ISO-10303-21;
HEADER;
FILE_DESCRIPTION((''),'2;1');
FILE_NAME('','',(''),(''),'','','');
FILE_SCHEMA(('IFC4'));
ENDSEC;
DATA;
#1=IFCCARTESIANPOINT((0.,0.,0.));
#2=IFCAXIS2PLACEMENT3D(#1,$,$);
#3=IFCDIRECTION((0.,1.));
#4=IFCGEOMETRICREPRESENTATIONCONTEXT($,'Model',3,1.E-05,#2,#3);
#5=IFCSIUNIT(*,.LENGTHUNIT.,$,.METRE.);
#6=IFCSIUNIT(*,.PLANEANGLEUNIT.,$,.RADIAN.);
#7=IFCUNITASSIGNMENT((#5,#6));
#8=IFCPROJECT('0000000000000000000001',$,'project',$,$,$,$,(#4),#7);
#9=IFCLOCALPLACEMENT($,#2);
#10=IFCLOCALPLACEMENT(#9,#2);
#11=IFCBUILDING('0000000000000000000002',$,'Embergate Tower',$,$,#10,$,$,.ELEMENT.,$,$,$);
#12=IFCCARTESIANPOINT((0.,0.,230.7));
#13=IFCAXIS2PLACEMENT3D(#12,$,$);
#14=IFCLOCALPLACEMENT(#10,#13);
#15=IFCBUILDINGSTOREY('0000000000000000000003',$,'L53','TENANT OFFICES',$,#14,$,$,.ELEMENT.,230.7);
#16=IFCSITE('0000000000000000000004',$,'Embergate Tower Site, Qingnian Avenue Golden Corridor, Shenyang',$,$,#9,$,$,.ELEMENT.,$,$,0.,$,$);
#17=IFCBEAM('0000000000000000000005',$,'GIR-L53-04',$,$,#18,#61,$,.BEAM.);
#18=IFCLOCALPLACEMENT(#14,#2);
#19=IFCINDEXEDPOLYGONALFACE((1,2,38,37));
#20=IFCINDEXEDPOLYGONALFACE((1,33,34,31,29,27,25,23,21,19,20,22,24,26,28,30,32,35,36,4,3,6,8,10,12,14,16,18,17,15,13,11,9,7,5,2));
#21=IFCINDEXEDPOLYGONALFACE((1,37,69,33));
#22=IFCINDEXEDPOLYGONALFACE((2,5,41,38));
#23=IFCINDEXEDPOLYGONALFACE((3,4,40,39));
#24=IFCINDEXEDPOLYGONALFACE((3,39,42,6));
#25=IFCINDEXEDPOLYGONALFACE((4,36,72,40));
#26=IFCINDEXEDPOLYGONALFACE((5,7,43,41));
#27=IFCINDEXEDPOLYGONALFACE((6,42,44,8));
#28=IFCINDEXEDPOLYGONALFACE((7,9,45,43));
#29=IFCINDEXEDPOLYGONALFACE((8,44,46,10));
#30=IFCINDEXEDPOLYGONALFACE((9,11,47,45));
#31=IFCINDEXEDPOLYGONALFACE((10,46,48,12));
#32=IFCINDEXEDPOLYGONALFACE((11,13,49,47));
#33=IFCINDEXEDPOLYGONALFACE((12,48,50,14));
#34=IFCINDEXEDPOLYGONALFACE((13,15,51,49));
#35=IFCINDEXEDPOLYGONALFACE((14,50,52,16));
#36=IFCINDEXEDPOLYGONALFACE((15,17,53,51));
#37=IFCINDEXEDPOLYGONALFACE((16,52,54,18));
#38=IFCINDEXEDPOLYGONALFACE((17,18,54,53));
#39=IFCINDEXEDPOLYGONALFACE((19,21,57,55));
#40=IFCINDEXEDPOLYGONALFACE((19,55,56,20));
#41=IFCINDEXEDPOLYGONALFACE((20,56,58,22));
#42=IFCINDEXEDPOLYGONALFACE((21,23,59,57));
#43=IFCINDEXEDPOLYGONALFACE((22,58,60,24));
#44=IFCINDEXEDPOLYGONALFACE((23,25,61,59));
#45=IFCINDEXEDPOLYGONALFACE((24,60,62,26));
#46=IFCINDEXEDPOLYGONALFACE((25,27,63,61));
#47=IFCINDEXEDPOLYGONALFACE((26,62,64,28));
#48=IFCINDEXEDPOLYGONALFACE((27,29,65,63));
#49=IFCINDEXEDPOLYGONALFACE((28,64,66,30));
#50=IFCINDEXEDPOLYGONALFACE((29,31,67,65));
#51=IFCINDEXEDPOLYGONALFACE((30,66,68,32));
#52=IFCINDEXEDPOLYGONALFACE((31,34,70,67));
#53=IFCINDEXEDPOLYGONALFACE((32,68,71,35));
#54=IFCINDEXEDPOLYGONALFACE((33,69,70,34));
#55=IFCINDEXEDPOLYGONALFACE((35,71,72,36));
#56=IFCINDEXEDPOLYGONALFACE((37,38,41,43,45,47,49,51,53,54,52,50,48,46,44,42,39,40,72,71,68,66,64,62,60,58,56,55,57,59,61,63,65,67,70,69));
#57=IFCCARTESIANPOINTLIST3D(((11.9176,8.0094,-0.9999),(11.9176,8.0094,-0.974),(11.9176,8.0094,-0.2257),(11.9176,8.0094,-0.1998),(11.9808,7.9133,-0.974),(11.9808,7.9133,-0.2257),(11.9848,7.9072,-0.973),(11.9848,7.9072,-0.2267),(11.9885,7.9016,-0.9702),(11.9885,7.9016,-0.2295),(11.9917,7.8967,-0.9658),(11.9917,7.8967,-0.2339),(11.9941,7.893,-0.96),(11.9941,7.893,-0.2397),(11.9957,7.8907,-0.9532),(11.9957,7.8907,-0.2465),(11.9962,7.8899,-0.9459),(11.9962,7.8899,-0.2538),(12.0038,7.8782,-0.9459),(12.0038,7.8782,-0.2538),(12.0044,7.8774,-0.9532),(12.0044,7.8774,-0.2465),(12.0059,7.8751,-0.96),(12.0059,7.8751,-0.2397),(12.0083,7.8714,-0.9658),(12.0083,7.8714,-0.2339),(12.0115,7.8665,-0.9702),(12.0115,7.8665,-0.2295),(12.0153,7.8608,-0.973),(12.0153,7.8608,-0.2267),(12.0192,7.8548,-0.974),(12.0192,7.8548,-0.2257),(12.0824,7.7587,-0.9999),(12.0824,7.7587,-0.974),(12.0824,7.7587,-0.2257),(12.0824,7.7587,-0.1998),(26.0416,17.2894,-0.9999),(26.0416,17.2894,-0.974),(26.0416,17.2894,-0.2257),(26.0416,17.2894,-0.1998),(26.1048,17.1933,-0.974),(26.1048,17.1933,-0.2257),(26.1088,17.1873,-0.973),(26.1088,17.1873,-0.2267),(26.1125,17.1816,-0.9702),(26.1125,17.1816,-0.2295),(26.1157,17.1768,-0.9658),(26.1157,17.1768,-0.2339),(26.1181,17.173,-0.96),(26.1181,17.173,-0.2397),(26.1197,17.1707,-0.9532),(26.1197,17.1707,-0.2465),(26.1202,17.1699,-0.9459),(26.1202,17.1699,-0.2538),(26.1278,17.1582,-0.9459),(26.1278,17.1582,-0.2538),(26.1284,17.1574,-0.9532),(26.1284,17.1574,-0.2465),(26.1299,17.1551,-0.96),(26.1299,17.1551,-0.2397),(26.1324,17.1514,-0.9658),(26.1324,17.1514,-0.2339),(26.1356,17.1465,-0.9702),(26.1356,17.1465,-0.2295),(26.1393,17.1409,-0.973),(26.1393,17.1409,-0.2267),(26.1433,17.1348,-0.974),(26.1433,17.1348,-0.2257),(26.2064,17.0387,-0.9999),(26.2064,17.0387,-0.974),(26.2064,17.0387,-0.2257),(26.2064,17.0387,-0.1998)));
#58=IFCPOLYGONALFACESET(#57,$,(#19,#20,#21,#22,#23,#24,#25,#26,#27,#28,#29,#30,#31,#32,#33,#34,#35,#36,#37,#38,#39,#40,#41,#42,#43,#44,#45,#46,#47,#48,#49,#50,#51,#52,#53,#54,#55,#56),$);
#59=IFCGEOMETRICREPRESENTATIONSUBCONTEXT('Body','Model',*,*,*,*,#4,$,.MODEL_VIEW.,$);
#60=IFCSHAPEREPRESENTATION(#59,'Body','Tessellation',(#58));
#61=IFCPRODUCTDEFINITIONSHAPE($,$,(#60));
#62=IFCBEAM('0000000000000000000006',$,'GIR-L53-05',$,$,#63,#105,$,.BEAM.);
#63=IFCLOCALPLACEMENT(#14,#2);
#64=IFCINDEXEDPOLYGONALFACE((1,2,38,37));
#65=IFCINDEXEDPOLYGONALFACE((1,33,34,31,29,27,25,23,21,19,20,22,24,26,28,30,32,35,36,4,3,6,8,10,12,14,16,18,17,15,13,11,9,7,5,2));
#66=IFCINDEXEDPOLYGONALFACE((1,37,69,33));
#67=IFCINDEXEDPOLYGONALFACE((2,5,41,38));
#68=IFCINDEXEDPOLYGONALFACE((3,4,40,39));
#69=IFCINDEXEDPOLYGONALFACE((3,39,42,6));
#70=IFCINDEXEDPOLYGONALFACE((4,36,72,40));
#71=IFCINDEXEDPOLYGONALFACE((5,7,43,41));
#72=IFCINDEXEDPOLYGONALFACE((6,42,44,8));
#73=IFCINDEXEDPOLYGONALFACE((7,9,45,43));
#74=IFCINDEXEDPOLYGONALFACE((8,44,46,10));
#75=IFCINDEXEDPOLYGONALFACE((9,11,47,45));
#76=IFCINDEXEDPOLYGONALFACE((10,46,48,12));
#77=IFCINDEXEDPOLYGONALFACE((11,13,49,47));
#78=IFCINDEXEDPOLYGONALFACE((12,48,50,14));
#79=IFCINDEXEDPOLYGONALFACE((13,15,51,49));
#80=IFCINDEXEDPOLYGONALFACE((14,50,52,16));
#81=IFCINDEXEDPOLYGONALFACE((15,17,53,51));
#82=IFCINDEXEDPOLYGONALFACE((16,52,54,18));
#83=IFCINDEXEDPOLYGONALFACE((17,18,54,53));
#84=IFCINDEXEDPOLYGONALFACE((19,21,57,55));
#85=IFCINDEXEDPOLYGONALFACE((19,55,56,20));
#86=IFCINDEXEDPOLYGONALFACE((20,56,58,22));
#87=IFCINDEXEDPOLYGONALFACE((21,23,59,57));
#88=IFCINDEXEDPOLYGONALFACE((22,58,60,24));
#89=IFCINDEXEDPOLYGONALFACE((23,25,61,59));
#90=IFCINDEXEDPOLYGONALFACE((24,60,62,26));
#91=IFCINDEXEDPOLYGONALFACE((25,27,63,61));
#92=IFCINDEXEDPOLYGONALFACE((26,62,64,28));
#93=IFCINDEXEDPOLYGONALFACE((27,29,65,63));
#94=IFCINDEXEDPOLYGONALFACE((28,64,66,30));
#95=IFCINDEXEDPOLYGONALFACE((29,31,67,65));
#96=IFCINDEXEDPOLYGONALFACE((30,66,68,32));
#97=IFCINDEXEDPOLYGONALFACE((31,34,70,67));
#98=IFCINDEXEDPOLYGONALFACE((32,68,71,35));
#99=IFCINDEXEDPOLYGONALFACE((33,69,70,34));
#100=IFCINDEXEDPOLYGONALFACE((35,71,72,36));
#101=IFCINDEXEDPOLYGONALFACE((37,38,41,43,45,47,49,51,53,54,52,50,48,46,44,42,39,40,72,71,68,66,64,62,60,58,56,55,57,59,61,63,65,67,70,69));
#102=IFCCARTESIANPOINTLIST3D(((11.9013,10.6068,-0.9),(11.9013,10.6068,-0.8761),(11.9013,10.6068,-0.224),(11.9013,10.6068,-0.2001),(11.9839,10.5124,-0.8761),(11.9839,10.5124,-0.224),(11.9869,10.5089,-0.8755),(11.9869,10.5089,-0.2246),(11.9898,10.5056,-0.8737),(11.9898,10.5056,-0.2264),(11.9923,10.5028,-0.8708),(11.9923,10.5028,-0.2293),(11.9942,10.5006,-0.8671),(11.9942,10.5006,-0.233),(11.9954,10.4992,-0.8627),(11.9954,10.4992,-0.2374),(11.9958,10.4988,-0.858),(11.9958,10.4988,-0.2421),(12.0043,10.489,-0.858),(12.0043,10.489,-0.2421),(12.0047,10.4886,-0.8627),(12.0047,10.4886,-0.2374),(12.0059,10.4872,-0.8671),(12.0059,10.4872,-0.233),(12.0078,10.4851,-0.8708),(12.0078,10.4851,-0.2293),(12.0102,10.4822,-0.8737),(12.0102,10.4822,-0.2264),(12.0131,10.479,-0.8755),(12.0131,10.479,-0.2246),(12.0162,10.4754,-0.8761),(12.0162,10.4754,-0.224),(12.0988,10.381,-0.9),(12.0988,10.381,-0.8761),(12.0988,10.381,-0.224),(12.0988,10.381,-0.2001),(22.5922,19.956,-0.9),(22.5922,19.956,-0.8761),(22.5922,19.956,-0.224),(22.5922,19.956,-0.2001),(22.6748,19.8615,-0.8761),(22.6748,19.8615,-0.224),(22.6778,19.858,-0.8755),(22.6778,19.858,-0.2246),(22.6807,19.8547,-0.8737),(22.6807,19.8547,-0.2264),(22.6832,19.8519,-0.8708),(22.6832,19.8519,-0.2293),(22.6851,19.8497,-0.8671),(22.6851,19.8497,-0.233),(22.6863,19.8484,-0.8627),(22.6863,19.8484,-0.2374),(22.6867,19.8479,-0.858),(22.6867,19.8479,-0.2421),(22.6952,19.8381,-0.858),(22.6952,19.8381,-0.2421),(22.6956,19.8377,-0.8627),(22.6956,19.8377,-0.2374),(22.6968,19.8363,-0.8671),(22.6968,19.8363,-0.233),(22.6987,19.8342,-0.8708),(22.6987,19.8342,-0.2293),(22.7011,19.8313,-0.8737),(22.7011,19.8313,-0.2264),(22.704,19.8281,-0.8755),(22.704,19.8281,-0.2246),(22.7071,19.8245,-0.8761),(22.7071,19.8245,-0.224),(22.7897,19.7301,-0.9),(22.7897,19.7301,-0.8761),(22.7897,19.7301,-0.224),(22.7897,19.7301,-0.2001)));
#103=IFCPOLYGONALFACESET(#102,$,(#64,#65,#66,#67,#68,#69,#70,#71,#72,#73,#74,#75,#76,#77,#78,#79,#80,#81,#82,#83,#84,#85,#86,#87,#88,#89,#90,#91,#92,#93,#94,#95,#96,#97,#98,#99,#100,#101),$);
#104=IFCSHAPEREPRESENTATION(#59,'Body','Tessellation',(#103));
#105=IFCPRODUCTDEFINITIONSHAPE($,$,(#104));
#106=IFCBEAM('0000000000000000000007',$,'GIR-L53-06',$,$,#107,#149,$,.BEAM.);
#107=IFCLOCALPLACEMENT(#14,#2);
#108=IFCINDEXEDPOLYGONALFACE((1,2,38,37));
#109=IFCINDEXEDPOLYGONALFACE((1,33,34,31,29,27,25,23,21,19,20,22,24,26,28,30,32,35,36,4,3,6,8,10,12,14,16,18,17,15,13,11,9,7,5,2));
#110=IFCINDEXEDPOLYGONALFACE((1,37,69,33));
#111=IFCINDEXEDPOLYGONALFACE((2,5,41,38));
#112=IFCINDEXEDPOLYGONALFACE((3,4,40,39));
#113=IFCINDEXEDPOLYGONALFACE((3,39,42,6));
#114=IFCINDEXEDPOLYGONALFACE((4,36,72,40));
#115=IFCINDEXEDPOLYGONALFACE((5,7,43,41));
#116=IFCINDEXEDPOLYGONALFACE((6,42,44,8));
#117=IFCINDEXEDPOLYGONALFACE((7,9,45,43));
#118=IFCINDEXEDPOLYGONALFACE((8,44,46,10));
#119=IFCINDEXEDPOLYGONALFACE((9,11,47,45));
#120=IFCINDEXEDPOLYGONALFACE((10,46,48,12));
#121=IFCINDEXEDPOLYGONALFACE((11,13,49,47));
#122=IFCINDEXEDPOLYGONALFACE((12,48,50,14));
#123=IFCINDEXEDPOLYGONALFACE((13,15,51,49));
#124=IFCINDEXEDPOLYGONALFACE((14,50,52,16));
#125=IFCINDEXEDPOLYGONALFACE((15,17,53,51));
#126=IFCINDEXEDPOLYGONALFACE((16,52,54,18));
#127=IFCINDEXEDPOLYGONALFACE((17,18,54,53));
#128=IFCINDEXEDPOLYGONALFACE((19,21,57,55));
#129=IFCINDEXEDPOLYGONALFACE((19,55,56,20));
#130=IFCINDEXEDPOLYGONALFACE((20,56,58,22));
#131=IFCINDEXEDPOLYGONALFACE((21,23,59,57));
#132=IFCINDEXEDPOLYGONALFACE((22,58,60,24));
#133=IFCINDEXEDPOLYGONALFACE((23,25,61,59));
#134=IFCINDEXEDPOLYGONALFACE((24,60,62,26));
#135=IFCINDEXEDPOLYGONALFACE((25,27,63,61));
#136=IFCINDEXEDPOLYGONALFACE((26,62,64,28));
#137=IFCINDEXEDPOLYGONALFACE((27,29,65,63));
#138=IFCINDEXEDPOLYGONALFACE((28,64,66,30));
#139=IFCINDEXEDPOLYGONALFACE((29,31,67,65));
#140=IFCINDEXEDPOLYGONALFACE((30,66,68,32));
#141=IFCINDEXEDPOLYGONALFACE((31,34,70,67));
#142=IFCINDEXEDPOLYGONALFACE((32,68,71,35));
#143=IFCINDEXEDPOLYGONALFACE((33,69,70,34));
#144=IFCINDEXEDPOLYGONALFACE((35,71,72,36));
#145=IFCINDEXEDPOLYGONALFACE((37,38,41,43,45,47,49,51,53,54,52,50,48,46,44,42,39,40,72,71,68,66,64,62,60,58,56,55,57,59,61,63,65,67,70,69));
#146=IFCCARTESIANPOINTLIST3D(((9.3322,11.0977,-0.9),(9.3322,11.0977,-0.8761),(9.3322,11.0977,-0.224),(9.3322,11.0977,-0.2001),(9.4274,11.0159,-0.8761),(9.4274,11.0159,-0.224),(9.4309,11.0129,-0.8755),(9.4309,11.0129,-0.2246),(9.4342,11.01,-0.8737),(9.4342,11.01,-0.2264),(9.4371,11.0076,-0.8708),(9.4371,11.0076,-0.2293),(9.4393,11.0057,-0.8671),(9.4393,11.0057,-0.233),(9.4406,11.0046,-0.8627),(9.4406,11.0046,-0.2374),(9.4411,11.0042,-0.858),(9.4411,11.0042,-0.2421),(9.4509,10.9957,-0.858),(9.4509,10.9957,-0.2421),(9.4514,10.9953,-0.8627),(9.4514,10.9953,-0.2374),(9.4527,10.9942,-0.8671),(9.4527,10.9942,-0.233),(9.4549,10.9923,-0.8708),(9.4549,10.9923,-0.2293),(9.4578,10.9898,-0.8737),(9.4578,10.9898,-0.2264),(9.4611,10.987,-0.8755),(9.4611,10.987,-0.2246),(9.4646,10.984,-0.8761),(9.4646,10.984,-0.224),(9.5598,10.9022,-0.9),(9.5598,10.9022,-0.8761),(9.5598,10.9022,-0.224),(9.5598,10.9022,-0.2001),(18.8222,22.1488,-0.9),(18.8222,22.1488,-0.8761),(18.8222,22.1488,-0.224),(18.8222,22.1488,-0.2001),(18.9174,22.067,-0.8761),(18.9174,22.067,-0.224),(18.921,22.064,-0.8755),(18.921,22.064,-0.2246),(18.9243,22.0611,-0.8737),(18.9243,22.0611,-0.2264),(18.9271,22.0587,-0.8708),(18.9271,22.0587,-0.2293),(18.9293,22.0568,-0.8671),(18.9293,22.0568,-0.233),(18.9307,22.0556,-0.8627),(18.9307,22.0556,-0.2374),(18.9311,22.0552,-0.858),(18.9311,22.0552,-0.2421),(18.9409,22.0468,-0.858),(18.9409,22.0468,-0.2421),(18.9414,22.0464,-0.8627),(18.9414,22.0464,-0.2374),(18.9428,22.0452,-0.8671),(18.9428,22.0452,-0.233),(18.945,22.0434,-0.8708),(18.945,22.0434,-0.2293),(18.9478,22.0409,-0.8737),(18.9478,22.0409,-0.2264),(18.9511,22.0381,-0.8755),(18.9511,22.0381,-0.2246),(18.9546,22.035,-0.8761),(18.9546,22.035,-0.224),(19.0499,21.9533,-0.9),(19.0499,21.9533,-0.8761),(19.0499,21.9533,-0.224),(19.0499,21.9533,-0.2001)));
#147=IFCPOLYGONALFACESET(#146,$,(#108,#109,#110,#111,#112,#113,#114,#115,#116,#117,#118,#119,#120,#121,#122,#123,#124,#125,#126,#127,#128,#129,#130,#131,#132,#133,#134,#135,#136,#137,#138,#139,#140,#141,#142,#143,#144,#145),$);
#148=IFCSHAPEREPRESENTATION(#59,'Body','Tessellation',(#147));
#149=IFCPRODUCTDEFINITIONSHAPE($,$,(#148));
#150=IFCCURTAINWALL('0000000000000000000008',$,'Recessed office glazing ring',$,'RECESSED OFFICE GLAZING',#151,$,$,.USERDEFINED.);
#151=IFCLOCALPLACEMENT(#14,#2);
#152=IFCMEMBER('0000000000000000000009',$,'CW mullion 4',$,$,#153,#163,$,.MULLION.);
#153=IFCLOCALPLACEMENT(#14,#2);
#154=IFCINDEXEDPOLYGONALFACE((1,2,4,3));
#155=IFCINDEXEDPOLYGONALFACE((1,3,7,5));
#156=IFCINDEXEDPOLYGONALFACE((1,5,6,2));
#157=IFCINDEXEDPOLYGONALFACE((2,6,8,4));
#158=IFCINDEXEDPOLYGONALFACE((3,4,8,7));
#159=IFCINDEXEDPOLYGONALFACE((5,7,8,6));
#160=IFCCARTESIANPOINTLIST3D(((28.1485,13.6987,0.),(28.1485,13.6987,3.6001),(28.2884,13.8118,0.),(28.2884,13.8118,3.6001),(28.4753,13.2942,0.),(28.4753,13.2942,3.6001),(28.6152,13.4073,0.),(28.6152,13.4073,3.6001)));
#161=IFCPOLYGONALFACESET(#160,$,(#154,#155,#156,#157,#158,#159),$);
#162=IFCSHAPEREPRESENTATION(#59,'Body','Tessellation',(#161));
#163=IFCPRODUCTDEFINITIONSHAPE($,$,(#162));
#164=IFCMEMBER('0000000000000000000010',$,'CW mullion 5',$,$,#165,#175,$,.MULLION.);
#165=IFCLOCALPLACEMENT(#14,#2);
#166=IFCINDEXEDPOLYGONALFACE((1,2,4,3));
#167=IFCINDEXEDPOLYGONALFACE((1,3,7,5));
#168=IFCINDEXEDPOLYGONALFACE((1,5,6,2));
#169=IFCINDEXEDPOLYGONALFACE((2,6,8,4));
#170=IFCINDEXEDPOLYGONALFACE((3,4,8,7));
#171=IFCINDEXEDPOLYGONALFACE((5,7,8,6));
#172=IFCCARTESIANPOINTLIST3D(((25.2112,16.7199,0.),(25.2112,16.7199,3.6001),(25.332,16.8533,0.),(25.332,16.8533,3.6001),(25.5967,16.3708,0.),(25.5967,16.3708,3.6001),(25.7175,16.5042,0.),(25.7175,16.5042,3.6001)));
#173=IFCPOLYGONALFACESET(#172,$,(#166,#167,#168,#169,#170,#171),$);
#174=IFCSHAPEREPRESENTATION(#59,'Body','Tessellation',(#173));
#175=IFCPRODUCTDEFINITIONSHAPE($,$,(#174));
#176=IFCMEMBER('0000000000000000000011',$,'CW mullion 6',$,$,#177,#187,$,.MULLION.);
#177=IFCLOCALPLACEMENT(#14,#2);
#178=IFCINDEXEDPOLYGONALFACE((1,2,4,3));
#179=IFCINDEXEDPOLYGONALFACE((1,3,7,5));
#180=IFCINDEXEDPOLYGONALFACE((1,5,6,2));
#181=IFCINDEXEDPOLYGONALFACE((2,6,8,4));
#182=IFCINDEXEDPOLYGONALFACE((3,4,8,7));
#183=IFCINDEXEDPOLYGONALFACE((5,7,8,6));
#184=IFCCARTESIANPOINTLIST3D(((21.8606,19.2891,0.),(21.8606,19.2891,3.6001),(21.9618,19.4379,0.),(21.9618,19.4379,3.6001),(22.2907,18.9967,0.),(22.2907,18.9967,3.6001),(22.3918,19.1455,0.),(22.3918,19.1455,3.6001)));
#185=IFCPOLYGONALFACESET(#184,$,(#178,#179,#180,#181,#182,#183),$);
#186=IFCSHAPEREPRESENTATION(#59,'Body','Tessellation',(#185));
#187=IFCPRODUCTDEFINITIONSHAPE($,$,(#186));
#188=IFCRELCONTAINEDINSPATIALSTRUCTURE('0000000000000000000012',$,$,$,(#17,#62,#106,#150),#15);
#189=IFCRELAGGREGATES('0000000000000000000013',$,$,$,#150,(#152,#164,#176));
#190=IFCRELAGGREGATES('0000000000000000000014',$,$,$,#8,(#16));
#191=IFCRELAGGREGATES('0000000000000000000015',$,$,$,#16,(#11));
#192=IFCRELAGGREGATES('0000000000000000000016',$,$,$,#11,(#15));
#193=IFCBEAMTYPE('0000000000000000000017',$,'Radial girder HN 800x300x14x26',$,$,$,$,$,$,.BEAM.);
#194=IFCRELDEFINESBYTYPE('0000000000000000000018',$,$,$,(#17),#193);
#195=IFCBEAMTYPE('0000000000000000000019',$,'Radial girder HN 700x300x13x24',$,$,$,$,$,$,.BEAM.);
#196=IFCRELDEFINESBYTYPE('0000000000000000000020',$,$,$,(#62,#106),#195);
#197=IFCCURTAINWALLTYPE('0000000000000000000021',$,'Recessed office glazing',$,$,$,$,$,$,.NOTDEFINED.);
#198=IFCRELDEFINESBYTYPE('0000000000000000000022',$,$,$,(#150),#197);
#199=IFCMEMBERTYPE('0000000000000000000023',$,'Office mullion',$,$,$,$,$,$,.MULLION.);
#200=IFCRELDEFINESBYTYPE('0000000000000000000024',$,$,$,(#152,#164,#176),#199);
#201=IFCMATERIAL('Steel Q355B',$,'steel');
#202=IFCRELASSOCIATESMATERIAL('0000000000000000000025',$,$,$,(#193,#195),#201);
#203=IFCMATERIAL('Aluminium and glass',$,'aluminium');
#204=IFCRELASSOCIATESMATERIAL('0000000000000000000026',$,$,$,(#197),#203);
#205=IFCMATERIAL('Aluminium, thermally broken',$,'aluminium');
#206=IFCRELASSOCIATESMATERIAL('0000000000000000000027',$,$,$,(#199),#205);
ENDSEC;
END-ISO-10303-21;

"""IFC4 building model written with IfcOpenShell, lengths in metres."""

from ifc_helpers import new_model, si_unit, direction, frame, origin, origin_2d, place, context, subcontext, project, spatial, rectangle, i_section, extrude, source, transform, mapped, material, material_profile, profile_set, type_object, element, aggregate, save


model = new_model("IFC4")

# Units and contexts
model_context = context("Model", 3, precision=1e-05, world=origin(), true_north=direction((0.0, 1.0)))
body_context = subcontext(model_context, "Body", "Model", "MODEL_VIEW")
ifc_project = project(units=[si_unit("LENGTHUNIT", "METRE"), si_unit("PLANEANGLEUNIT", "RADIAN")], contexts=[model_context])

# Site, building, storey
site_placement = place(None, origin())
site = spatial("IfcSite", under=ifc_project, at=site_placement, Name="Embergate Tower Site, Qingnian Avenue Golden Corridor, Shenyang", CompositionType="ELEMENT", RefElevation=0.0)
building_placement = place(site_placement, origin())
building = spatial("IfcBuilding", under=site, at=building_placement, Name="Embergate Tower", CompositionType="ELEMENT")
storey_placement = place(building_placement, frame((0.0, 0.0, 230.7)))
storey = spatial("IfcBuildingStorey", under=building, at=storey_placement, Name="L53", Description="TENANT OFFICES", CompositionType="ELEMENT", Elevation=230.7)

# Beams
ifc_material_1 = material(Name="Steel Q355B", Category="steel")
ifc_material_profile_1 = material_profile(ifc_material_1, i_section(OverallWidth=0.3, OverallDepth=0.8, WebThickness=0.0139, FlangeThickness=0.0259, FilletRadius=0.0281, at=origin_2d()), Name="HN 800x300x14x26")
ifc_profile_set_1 = profile_set([ifc_material_profile_1], Name="Steel Q355 grade B")
beam_type_1 = type_object("IfcBeamType", Name="Radial girder HN 800x300x14x26", PredefinedType="BEAM", material=ifc_profile_set_1)
shared_shape_1 = source(origin(), body_context, "Body", "SweptSolid", [
    extrude(i_section(OverallWidth=0.3, OverallDepth=0.8, WebThickness=0.0139, FlangeThickness=0.0259, FilletRadius=0.0281, at=origin_2d()), origin(), (0.0, 0.0, 1.0), 16.8999),
])
beam_1_placement = place(storey_placement, frame((26.124, 17.1641, -0.5999), z_axis=(-0.835745, -0.549117, 0.0), x_axis=(0.549117, -0.835745, 0.0)))
element("IfcBeam", 1, at=beam_1_placement, inside=storey, type_object=beam_type_1, Name="GIR-L53-04", PredefinedType="BEAM", context=body_context, shape_type="MappedRepresentation", body=[
    mapped(shared_shape_1, transform((0.0, 0.0, 0.0))),
])
ifc_material_profile_2 = material_profile(ifc_material_1, i_section(OverallWidth=0.3, OverallDepth=0.7, WebThickness=0.0129, FlangeThickness=0.0239, FilletRadius=0.0181, at=origin_2d()), Name="HN 700x300x13x24")
ifc_profile_set_2 = profile_set([ifc_material_profile_2], Name="Steel Q355 grade B")
beam_type_2 = type_object("IfcBeamType", Name="Radial girder HN 700x300x13x24", PredefinedType="BEAM", material=ifc_profile_set_2)
shared_shape_2 = source(origin(), body_context, "Body", "SweptSolid", [
    extrude(i_section(OverallWidth=0.3, OverallDepth=0.7, WebThickness=0.0129, FlangeThickness=0.0239, FilletRadius=0.0181, at=origin_2d()), origin(), (0.0, 0.0, 1.0), 14.2021),
])
beam_2_placement = place(storey_placement, frame((22.6909, 19.843, -0.55), z_axis=(-0.752766, -0.658288, 0.0), x_axis=(0.658288, -0.752766, 0.0)))
element("IfcBeam", 2, at=beam_2_placement, inside=storey, type_object=beam_type_2, Name="GIR-L53-05", PredefinedType="BEAM", context=body_context, shape_type="MappedRepresentation", body=[
    mapped(shared_shape_2, transform((0.0, 0.0, 0.0))),
])
shared_shape_3 = source(origin(), body_context, "Body", "SweptSolid", [
    extrude(i_section(OverallWidth=0.3, OverallDepth=0.7, WebThickness=0.0129, FlangeThickness=0.0239, FilletRadius=0.0181, at=origin_2d()), origin(), (0.0, 0.0, 1.0), 14.5667),
])
beam_3_placement = place(storey_placement, frame((18.936, 22.051, -0.55), z_axis=(-0.651491, -0.758656, 0.0), x_axis=(0.758656, -0.651491, 0.0)))
element("IfcBeam", 3, at=beam_3_placement, inside=storey, type_object=beam_type_2, Name="GIR-L53-06", PredefinedType="BEAM", context=body_context, shape_type="MappedRepresentation", body=[
    mapped(shared_shape_3, transform((0.0, 0.0, 0.0))),
])

# Curtain wall, members
ifc_material_2 = material(Name="Aluminium and glass", Category="aluminium")
curtain_wall_type = type_object("IfcCurtainWallType", Name="Recessed office glazing", PredefinedType="NOTDEFINED", material=ifc_material_2)
curtain_wall_placement = place(storey_placement, origin())
curtain_wall = element("IfcCurtainWall", 4, at=curtain_wall_placement, inside=storey, type_object=curtain_wall_type, Name="Recessed office glazing ring", ObjectType="RECESSED OFFICE GLAZING", PredefinedType="USERDEFINED")
ifc_material_3 = material(Name="Aluminium, thermally broken", Category="aluminium")
ifc_material_profile_3 = material_profile(ifc_material_3, rectangle(XDim=0.1799, YDim=0.52, at=origin_2d()), Name="AL 520x180")
ifc_profile_set_3 = profile_set([ifc_material_profile_3], Name="Aluminium, thermally broken")
member_type_1 = type_object("IfcMemberType", Name="Office mullion", PredefinedType="MULLION", material=ifc_profile_set_3)
shared_shape_4 = source(origin(), body_context, "Body", "SweptSolid", [
    extrude(rectangle(XDim=0.1799, YDim=0.52, at=origin_2d()), origin(), (0.0, 0.0, 1.0), 3.6001),
])
member_1_placement = place(storey_placement, frame((28.3818, 13.553, 0.0), z_axis=(0.0, 0.0, 1.0), x_axis=(-0.77786, -0.628437, 0.0)))
member_1 = element("IfcMember", 5, at=member_1_placement, type_object=member_type_1, Name="CW mullion 4", PredefinedType="MULLION", context=body_context, shape_type="MappedRepresentation", body=[
    mapped(shared_shape_4, transform((0.0, 0.0, 0.0))),
])
member_2_placement = place(storey_placement, frame((25.4644, 16.6121, 0.0), z_axis=(0.0, 0.0, 1.0), x_axis=(-0.671215, -0.741263, 0.0)))
member_2 = element("IfcMember", 6, at=member_2_placement, type_object=member_type_1, Name="CW mullion 5", PredefinedType="MULLION", context=body_context, shape_type="MappedRepresentation", body=[
    mapped(shared_shape_4, transform((0.0, 0.0, 0.0))),
])
member_3_placement = place(storey_placement, frame((22.1262, 19.2173, 0.0), z_axis=(0.0, 0.0, 1.0), x_axis=(-0.562205, -0.826998, 0.0)))
member_3 = element("IfcMember", 7, at=member_3_placement, type_object=member_type_1, Name="CW mullion 6", PredefinedType="MULLION", context=body_context, shape_type="MappedRepresentation", body=[
    mapped(shared_shape_4, transform((0.0, 0.0, 0.0))),
])
aggregate(curtain_wall, [member_1, member_2, member_3])

save(model, "model.ifc")
